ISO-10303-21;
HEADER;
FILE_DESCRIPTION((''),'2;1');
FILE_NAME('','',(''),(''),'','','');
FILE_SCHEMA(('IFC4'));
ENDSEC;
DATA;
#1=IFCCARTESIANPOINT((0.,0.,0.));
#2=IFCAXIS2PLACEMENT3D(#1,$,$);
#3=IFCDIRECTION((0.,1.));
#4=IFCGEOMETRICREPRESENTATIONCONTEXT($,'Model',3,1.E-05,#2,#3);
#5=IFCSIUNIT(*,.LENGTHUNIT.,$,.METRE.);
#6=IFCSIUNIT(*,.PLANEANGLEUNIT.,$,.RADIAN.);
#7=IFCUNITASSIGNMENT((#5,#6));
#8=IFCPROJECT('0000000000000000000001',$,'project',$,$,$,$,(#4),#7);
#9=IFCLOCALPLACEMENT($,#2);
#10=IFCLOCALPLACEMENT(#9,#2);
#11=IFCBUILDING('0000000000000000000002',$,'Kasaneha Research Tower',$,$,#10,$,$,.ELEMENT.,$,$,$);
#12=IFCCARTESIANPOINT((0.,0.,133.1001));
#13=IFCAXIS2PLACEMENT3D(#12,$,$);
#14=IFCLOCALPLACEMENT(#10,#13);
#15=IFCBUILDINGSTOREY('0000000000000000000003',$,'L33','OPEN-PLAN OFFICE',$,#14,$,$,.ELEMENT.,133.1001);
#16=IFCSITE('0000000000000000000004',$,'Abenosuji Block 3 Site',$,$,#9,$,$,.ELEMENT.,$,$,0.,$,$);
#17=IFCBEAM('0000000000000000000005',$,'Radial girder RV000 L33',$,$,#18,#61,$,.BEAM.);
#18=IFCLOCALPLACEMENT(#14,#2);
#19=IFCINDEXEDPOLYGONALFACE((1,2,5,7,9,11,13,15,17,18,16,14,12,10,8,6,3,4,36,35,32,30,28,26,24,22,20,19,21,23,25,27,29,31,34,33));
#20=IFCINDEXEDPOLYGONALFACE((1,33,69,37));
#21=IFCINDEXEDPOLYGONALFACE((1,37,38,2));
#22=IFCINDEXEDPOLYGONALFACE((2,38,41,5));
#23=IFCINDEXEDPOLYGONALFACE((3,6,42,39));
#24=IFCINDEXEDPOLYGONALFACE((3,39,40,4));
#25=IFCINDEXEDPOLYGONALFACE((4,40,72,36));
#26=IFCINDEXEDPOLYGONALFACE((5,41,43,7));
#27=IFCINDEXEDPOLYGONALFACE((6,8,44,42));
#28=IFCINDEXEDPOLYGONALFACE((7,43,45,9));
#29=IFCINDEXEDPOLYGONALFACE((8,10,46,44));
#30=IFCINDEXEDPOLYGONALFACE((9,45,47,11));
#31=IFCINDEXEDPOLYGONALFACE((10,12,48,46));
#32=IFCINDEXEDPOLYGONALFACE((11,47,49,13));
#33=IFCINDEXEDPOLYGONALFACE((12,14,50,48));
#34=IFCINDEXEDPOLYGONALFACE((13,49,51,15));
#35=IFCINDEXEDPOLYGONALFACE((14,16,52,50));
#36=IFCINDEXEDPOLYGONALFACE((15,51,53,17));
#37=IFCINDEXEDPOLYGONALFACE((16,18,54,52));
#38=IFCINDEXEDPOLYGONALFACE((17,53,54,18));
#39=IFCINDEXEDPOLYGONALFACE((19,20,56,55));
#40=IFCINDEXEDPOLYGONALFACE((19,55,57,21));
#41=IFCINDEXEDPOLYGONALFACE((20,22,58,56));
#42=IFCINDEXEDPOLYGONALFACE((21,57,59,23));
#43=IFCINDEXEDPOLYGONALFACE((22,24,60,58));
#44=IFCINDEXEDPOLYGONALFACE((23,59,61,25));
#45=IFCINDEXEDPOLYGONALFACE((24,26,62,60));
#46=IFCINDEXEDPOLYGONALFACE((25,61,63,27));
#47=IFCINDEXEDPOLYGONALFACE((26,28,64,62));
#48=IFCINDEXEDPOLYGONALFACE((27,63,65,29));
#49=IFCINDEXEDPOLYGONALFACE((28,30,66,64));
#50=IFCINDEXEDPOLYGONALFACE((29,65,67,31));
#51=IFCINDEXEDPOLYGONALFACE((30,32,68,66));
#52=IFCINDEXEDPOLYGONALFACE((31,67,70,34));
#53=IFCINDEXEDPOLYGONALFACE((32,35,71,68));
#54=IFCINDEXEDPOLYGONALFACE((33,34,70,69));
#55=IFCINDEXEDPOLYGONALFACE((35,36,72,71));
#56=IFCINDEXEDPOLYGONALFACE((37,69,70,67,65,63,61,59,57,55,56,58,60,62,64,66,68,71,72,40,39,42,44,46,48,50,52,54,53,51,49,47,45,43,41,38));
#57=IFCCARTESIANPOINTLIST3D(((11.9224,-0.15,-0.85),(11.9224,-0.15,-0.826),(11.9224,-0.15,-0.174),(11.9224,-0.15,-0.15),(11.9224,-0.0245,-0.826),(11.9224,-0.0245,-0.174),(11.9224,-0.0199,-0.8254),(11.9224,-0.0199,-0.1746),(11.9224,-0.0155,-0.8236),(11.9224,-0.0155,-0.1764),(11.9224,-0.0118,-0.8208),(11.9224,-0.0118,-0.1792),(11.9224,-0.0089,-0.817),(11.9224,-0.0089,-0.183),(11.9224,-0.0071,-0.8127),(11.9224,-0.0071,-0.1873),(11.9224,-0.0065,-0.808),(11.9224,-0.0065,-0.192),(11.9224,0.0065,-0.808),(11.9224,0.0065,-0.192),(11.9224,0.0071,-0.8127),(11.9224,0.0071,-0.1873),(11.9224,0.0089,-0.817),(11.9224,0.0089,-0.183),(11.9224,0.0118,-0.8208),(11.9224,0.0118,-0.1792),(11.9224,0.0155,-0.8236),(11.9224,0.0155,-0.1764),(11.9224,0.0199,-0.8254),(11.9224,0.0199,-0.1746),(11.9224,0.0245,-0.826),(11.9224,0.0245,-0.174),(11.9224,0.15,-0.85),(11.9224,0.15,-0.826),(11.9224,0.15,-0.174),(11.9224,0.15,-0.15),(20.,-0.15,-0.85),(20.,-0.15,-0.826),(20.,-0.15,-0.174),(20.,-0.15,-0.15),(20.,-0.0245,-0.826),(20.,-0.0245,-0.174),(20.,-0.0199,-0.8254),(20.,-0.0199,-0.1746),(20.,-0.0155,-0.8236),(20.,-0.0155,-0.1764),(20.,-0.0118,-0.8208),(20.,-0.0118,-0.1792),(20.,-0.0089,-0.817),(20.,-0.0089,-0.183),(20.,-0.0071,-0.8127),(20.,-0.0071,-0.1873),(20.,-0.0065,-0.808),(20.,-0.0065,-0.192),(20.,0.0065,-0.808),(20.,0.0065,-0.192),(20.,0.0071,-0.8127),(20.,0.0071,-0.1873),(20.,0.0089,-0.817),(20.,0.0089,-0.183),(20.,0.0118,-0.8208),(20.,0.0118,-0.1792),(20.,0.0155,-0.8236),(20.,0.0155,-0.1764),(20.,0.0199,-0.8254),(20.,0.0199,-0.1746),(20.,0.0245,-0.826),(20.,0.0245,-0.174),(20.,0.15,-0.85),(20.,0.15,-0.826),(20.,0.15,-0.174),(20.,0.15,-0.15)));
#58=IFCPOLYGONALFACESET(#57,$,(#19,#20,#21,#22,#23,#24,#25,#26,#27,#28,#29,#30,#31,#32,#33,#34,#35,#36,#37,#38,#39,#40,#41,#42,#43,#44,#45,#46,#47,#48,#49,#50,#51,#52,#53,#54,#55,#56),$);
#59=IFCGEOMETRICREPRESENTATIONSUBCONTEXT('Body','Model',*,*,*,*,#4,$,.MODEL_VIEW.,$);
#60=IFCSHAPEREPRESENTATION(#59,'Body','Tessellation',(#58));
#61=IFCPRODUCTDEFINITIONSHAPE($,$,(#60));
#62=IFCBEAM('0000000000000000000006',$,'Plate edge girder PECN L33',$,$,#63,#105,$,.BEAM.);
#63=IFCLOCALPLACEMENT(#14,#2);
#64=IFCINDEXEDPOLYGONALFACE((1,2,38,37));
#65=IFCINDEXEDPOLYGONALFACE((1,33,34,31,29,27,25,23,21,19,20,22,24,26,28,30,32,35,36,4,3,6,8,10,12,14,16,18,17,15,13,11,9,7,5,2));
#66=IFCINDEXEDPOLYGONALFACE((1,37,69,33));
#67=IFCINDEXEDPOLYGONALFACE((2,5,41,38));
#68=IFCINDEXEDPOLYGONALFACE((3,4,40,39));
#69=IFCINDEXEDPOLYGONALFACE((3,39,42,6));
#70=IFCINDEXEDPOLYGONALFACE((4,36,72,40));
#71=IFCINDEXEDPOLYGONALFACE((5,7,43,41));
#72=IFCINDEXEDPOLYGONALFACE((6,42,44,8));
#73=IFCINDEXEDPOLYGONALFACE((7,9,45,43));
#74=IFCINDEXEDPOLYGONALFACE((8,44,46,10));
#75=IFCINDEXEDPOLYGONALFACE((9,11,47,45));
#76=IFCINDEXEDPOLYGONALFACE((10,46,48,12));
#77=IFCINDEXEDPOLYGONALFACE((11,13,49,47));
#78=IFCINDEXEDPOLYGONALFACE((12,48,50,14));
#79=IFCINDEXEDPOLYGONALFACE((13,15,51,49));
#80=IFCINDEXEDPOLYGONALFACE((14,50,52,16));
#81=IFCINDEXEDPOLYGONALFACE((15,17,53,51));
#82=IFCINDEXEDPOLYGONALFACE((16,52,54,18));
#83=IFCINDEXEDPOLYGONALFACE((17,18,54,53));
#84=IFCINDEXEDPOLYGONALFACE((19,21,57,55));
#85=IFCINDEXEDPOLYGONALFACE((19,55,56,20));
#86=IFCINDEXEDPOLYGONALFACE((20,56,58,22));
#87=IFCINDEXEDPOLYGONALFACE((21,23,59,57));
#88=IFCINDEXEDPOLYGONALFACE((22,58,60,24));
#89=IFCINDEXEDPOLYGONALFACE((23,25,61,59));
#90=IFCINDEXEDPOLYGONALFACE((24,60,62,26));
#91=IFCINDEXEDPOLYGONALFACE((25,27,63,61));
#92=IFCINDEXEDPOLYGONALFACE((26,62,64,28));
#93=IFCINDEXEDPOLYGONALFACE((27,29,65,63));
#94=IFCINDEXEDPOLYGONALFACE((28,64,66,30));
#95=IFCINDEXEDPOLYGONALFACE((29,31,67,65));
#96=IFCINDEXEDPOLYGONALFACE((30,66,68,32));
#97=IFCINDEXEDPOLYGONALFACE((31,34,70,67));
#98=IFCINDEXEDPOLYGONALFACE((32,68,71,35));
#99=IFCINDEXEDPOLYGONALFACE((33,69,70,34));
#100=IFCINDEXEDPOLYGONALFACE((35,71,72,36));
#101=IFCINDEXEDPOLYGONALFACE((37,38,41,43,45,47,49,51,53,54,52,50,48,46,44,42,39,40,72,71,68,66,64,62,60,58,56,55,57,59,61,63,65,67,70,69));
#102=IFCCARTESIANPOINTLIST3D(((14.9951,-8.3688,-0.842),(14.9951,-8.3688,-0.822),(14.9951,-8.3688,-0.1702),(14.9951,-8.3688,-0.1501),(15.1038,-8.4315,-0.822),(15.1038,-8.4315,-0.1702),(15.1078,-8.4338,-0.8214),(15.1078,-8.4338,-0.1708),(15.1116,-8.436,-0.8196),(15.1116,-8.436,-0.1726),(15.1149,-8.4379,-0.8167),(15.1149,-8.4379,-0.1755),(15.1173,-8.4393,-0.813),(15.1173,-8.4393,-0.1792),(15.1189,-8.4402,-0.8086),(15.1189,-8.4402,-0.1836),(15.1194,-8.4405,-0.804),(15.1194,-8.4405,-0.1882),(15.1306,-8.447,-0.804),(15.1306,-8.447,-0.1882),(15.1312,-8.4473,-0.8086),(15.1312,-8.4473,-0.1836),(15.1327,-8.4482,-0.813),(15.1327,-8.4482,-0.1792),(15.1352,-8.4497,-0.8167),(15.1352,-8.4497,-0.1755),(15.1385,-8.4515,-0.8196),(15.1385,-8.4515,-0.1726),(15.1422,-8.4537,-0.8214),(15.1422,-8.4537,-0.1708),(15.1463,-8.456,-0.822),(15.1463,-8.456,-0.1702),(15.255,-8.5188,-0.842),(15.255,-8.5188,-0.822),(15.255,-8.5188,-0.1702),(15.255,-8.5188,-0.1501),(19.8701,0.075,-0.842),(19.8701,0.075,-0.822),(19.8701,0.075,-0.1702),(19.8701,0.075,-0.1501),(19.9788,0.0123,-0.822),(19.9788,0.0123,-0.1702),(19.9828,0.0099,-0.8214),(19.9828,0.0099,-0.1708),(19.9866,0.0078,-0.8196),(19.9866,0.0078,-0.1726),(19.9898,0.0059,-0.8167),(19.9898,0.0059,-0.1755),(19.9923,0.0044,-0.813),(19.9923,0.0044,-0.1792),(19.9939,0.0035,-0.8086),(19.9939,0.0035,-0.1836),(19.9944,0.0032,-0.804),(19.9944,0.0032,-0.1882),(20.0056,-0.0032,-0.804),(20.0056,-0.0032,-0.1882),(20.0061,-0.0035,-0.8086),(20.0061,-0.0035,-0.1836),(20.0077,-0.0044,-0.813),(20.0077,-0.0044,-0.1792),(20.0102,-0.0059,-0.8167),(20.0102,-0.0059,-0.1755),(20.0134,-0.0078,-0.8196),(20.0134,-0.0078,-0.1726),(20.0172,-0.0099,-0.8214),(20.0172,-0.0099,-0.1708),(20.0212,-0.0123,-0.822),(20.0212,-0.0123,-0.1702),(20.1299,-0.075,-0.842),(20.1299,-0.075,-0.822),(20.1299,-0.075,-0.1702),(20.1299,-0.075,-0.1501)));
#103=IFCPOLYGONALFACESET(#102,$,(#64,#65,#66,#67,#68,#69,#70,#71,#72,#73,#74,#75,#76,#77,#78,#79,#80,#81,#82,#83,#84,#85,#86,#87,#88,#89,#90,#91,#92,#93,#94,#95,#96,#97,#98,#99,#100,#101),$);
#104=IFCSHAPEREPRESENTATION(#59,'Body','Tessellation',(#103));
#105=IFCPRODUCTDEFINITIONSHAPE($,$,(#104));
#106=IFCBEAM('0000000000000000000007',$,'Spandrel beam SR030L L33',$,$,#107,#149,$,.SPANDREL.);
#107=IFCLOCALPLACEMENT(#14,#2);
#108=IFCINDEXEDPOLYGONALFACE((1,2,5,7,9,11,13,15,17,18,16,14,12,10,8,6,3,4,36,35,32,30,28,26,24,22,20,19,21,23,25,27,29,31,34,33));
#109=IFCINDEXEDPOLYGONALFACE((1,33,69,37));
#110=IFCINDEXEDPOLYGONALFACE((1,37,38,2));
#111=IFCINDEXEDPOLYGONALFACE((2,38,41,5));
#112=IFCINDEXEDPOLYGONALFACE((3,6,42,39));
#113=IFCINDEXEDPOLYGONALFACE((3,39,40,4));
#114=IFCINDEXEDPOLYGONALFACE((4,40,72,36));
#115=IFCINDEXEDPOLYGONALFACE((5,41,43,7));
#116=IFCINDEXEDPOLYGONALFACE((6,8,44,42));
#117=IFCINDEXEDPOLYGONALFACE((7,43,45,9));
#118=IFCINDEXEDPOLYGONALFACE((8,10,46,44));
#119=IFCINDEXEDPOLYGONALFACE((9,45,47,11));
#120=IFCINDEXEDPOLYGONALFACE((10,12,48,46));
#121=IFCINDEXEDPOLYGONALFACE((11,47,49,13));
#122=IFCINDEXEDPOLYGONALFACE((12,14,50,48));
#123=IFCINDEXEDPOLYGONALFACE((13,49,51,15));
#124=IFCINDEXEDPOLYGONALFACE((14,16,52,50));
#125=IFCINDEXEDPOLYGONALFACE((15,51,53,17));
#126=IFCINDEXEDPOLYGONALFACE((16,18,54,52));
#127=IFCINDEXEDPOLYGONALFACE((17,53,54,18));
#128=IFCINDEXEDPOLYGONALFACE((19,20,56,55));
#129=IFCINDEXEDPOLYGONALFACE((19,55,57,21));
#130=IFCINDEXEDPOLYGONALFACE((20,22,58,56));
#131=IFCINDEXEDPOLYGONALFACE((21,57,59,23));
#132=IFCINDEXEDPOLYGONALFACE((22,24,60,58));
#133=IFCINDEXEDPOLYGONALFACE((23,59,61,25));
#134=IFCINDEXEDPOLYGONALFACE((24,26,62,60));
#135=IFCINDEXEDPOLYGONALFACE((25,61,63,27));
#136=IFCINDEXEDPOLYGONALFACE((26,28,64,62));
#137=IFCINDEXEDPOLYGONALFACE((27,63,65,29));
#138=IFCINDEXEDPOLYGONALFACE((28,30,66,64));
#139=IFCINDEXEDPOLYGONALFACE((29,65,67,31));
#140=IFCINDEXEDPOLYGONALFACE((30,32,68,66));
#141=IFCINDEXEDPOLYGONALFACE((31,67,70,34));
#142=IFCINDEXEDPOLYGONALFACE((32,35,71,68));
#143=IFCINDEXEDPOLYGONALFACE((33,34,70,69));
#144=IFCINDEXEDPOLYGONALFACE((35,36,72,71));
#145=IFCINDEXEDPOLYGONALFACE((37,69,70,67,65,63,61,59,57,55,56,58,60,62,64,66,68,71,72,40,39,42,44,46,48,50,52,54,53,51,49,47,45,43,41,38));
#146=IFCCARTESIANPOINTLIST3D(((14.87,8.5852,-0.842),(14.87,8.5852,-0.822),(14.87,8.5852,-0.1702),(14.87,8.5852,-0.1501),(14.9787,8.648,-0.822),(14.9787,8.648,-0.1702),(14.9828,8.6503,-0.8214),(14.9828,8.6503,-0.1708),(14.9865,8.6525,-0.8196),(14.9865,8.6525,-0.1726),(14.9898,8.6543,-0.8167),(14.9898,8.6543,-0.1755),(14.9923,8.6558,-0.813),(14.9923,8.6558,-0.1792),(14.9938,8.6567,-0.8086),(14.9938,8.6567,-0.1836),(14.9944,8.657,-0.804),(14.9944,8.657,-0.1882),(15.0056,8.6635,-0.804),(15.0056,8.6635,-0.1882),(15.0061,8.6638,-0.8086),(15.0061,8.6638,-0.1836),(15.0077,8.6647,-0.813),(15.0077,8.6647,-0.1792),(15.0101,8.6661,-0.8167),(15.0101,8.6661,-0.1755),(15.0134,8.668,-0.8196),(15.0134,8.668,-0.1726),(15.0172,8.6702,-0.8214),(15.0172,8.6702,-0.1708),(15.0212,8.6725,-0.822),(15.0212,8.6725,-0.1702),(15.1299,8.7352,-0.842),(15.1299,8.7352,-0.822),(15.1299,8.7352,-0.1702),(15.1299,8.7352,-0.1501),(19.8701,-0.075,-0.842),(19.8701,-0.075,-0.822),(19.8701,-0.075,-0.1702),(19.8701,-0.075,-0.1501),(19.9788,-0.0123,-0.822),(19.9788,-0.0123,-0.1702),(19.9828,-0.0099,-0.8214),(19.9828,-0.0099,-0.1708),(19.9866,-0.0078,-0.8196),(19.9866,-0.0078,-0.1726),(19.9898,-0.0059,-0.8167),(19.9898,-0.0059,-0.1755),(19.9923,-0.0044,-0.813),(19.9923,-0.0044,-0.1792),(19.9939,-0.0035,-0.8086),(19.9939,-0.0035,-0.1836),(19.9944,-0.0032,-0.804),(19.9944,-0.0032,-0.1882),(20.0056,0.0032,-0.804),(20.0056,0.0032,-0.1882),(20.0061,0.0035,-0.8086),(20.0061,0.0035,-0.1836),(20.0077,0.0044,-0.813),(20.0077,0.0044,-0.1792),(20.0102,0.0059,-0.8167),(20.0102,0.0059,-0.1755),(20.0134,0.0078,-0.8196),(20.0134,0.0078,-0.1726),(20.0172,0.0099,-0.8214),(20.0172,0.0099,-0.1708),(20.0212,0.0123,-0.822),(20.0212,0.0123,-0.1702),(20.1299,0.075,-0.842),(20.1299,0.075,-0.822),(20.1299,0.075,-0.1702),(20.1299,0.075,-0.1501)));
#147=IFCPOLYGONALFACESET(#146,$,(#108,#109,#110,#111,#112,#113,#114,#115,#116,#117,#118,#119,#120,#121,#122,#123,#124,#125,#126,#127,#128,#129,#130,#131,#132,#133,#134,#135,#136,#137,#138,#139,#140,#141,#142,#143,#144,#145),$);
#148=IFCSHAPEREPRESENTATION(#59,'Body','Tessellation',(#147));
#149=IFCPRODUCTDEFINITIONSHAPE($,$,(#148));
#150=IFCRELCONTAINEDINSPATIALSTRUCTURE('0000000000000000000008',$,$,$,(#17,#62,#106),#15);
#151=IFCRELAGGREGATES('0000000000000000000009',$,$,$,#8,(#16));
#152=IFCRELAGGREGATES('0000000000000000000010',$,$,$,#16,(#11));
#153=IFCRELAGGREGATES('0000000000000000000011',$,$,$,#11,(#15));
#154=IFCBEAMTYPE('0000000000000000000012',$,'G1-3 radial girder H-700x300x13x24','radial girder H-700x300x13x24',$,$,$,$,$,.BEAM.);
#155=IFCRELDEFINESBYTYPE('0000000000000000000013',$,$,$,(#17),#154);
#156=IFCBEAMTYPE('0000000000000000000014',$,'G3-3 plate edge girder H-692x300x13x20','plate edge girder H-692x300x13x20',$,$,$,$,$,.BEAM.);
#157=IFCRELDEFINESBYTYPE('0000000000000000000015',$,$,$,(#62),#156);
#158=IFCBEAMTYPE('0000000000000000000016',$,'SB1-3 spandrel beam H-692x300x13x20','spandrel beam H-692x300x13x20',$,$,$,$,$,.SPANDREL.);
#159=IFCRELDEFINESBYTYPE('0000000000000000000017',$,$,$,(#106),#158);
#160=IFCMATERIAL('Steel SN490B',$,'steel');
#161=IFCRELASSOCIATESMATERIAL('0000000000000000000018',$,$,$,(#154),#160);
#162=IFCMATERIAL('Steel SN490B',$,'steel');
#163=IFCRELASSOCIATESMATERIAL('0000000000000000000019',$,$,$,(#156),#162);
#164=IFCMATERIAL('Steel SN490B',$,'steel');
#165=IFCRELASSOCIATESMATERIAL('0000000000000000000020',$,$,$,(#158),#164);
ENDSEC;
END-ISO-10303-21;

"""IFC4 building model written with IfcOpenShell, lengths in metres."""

from ifc_helpers import new_model, si_unit, direction, frame, origin, origin_2d, place, context, subcontext, project, spatial, i_section, extrude, material, material_profile, profile_set, type_object, element, save


model = new_model("IFC4")

# Units and contexts
model_context = context("Model", 3, precision=1e-05, world=origin(), true_north=direction((0.0, 1.0)))
body_context = subcontext(model_context, "Body", "Model", "MODEL_VIEW")
ifc_project = project(units=[si_unit("LENGTHUNIT", "METRE"), si_unit("PLANEANGLEUNIT", "RADIAN")], contexts=[model_context])

# Site, building, storey
site_placement = place(None, origin())
site = spatial("IfcSite", under=ifc_project, at=site_placement, Name="Abenosuji Block 3 Site", CompositionType="ELEMENT", RefElevation=0.0)
building_placement = place(site_placement, origin())
building = spatial("IfcBuilding", under=site, at=building_placement, Name="Kasaneha Research Tower", CompositionType="ELEMENT")
storey_placement = place(building_placement, frame((0.0, 0.0, 133.1001)))
storey = spatial("IfcBuildingStorey", under=building, at=storey_placement, Name="L33", Description="OPEN-PLAN OFFICE", CompositionType="ELEMENT", Elevation=133.1001)

# Beams
ifc_material_1 = material(Name="Steel SN490B", Category="steel")
ifc_material_profile_1 = material_profile(ifc_material_1, i_section(OverallWidth=0.3, OverallDepth=0.7, WebThickness=0.0129, FlangeThickness=0.0239, FilletRadius=0.0181, at=origin_2d()), Name="H-700x300x13x24")
ifc_profile_set_1 = profile_set([ifc_material_profile_1], Name="Steel SN490B")
beam_type_1 = type_object("IfcBeamType", Name="G1-3 radial girder H-700x300x13x24", Description="radial girder H-700x300x13x24", PredefinedType="BEAM", material=ifc_profile_set_1)
beam_1_placement = place(storey_placement, frame((11.9224, 0.0, -0.5), z_axis=(1.0, 0.0, 0.0), x_axis=(0.0, 1.0, 0.0)))
element("IfcBeam", 1, at=beam_1_placement, inside=storey, type_object=beam_type_1, Name="Radial girder RV000 L33", PredefinedType="BEAM", context=body_context, shape_type="SweptSolid", body=[
    extrude(i_section(OverallWidth=0.3, OverallDepth=0.7, WebThickness=0.0129, FlangeThickness=0.0239, FilletRadius=0.0181, at=origin_2d()), origin(), (0.0, 0.0, 1.0), 8.0776),
])
ifc_material_2 = material(Name="Steel SN490B", Category="steel")
ifc_material_profile_2 = material_profile(ifc_material_2, i_section(OverallWidth=0.3, OverallDepth=0.6919, WebThickness=0.0129, FlangeThickness=0.02, FilletRadius=0.0181, at=origin_2d()), Name="H-692x300x13x20")
ifc_profile_set_2 = profile_set([ifc_material_profile_2], Name="Steel SN490B")
beam_type_2 = type_object("IfcBeamType", Name="G3-3 plate edge girder H-692x300x13x20", Description="plate edge girder H-692x300x13x20", PredefinedType="BEAM", material=ifc_profile_set_2)
beam_2_placement = place(storey_placement, frame((20.0, 0.0, -0.4961), z_axis=(-0.499996, -0.866028, 0.0), x_axis=(0.866028, -0.499996, 0.0)))
element("IfcBeam", 2, at=beam_2_placement, inside=storey, type_object=beam_type_2, Name="Plate edge girder PECN L33", PredefinedType="BEAM", context=body_context, shape_type="SweptSolid", body=[
    extrude(i_section(OverallWidth=0.3, OverallDepth=0.6919, WebThickness=0.0129, FlangeThickness=0.02, FilletRadius=0.0181, at=origin_2d()), origin(), (0.0, 0.0, 1.0), 9.75),
])
ifc_material_3 = material(Name="Steel SN490B", Category="steel")
ifc_material_profile_3 = material_profile(ifc_material_3, i_section(OverallWidth=0.3, OverallDepth=0.6919, WebThickness=0.0129, FlangeThickness=0.02, FilletRadius=0.0181, at=origin_2d()), Name="H-692x300x13x20")
ifc_profile_set_3 = profile_set([ifc_material_profile_3], Name="Steel SN490B")
beam_type_3 = type_object("IfcBeamType", Name="SB1-3 spandrel beam H-692x300x13x20", Description="spandrel beam H-692x300x13x20", PredefinedType="SPANDREL", material=ifc_profile_set_3)
beam_3_placement = place(storey_placement, frame((20.0, 0.0, -0.4961), z_axis=(-0.500004, 0.866023, 0.0), x_axis=(-0.866023, -0.500004, 0.0)))
element("IfcBeam", 3, at=beam_3_placement, inside=storey, type_object=beam_type_3, Name="Spandrel beam SR030L L33", PredefinedType="SPANDREL", context=body_context, shape_type="SweptSolid", body=[
    extrude(i_section(OverallWidth=0.3, OverallDepth=0.6919, WebThickness=0.0129, FlangeThickness=0.02, FilletRadius=0.0181, at=origin_2d()), origin(), (0.0, 0.0, 1.0), 10.0),
])

save(model, "model.ifc")
